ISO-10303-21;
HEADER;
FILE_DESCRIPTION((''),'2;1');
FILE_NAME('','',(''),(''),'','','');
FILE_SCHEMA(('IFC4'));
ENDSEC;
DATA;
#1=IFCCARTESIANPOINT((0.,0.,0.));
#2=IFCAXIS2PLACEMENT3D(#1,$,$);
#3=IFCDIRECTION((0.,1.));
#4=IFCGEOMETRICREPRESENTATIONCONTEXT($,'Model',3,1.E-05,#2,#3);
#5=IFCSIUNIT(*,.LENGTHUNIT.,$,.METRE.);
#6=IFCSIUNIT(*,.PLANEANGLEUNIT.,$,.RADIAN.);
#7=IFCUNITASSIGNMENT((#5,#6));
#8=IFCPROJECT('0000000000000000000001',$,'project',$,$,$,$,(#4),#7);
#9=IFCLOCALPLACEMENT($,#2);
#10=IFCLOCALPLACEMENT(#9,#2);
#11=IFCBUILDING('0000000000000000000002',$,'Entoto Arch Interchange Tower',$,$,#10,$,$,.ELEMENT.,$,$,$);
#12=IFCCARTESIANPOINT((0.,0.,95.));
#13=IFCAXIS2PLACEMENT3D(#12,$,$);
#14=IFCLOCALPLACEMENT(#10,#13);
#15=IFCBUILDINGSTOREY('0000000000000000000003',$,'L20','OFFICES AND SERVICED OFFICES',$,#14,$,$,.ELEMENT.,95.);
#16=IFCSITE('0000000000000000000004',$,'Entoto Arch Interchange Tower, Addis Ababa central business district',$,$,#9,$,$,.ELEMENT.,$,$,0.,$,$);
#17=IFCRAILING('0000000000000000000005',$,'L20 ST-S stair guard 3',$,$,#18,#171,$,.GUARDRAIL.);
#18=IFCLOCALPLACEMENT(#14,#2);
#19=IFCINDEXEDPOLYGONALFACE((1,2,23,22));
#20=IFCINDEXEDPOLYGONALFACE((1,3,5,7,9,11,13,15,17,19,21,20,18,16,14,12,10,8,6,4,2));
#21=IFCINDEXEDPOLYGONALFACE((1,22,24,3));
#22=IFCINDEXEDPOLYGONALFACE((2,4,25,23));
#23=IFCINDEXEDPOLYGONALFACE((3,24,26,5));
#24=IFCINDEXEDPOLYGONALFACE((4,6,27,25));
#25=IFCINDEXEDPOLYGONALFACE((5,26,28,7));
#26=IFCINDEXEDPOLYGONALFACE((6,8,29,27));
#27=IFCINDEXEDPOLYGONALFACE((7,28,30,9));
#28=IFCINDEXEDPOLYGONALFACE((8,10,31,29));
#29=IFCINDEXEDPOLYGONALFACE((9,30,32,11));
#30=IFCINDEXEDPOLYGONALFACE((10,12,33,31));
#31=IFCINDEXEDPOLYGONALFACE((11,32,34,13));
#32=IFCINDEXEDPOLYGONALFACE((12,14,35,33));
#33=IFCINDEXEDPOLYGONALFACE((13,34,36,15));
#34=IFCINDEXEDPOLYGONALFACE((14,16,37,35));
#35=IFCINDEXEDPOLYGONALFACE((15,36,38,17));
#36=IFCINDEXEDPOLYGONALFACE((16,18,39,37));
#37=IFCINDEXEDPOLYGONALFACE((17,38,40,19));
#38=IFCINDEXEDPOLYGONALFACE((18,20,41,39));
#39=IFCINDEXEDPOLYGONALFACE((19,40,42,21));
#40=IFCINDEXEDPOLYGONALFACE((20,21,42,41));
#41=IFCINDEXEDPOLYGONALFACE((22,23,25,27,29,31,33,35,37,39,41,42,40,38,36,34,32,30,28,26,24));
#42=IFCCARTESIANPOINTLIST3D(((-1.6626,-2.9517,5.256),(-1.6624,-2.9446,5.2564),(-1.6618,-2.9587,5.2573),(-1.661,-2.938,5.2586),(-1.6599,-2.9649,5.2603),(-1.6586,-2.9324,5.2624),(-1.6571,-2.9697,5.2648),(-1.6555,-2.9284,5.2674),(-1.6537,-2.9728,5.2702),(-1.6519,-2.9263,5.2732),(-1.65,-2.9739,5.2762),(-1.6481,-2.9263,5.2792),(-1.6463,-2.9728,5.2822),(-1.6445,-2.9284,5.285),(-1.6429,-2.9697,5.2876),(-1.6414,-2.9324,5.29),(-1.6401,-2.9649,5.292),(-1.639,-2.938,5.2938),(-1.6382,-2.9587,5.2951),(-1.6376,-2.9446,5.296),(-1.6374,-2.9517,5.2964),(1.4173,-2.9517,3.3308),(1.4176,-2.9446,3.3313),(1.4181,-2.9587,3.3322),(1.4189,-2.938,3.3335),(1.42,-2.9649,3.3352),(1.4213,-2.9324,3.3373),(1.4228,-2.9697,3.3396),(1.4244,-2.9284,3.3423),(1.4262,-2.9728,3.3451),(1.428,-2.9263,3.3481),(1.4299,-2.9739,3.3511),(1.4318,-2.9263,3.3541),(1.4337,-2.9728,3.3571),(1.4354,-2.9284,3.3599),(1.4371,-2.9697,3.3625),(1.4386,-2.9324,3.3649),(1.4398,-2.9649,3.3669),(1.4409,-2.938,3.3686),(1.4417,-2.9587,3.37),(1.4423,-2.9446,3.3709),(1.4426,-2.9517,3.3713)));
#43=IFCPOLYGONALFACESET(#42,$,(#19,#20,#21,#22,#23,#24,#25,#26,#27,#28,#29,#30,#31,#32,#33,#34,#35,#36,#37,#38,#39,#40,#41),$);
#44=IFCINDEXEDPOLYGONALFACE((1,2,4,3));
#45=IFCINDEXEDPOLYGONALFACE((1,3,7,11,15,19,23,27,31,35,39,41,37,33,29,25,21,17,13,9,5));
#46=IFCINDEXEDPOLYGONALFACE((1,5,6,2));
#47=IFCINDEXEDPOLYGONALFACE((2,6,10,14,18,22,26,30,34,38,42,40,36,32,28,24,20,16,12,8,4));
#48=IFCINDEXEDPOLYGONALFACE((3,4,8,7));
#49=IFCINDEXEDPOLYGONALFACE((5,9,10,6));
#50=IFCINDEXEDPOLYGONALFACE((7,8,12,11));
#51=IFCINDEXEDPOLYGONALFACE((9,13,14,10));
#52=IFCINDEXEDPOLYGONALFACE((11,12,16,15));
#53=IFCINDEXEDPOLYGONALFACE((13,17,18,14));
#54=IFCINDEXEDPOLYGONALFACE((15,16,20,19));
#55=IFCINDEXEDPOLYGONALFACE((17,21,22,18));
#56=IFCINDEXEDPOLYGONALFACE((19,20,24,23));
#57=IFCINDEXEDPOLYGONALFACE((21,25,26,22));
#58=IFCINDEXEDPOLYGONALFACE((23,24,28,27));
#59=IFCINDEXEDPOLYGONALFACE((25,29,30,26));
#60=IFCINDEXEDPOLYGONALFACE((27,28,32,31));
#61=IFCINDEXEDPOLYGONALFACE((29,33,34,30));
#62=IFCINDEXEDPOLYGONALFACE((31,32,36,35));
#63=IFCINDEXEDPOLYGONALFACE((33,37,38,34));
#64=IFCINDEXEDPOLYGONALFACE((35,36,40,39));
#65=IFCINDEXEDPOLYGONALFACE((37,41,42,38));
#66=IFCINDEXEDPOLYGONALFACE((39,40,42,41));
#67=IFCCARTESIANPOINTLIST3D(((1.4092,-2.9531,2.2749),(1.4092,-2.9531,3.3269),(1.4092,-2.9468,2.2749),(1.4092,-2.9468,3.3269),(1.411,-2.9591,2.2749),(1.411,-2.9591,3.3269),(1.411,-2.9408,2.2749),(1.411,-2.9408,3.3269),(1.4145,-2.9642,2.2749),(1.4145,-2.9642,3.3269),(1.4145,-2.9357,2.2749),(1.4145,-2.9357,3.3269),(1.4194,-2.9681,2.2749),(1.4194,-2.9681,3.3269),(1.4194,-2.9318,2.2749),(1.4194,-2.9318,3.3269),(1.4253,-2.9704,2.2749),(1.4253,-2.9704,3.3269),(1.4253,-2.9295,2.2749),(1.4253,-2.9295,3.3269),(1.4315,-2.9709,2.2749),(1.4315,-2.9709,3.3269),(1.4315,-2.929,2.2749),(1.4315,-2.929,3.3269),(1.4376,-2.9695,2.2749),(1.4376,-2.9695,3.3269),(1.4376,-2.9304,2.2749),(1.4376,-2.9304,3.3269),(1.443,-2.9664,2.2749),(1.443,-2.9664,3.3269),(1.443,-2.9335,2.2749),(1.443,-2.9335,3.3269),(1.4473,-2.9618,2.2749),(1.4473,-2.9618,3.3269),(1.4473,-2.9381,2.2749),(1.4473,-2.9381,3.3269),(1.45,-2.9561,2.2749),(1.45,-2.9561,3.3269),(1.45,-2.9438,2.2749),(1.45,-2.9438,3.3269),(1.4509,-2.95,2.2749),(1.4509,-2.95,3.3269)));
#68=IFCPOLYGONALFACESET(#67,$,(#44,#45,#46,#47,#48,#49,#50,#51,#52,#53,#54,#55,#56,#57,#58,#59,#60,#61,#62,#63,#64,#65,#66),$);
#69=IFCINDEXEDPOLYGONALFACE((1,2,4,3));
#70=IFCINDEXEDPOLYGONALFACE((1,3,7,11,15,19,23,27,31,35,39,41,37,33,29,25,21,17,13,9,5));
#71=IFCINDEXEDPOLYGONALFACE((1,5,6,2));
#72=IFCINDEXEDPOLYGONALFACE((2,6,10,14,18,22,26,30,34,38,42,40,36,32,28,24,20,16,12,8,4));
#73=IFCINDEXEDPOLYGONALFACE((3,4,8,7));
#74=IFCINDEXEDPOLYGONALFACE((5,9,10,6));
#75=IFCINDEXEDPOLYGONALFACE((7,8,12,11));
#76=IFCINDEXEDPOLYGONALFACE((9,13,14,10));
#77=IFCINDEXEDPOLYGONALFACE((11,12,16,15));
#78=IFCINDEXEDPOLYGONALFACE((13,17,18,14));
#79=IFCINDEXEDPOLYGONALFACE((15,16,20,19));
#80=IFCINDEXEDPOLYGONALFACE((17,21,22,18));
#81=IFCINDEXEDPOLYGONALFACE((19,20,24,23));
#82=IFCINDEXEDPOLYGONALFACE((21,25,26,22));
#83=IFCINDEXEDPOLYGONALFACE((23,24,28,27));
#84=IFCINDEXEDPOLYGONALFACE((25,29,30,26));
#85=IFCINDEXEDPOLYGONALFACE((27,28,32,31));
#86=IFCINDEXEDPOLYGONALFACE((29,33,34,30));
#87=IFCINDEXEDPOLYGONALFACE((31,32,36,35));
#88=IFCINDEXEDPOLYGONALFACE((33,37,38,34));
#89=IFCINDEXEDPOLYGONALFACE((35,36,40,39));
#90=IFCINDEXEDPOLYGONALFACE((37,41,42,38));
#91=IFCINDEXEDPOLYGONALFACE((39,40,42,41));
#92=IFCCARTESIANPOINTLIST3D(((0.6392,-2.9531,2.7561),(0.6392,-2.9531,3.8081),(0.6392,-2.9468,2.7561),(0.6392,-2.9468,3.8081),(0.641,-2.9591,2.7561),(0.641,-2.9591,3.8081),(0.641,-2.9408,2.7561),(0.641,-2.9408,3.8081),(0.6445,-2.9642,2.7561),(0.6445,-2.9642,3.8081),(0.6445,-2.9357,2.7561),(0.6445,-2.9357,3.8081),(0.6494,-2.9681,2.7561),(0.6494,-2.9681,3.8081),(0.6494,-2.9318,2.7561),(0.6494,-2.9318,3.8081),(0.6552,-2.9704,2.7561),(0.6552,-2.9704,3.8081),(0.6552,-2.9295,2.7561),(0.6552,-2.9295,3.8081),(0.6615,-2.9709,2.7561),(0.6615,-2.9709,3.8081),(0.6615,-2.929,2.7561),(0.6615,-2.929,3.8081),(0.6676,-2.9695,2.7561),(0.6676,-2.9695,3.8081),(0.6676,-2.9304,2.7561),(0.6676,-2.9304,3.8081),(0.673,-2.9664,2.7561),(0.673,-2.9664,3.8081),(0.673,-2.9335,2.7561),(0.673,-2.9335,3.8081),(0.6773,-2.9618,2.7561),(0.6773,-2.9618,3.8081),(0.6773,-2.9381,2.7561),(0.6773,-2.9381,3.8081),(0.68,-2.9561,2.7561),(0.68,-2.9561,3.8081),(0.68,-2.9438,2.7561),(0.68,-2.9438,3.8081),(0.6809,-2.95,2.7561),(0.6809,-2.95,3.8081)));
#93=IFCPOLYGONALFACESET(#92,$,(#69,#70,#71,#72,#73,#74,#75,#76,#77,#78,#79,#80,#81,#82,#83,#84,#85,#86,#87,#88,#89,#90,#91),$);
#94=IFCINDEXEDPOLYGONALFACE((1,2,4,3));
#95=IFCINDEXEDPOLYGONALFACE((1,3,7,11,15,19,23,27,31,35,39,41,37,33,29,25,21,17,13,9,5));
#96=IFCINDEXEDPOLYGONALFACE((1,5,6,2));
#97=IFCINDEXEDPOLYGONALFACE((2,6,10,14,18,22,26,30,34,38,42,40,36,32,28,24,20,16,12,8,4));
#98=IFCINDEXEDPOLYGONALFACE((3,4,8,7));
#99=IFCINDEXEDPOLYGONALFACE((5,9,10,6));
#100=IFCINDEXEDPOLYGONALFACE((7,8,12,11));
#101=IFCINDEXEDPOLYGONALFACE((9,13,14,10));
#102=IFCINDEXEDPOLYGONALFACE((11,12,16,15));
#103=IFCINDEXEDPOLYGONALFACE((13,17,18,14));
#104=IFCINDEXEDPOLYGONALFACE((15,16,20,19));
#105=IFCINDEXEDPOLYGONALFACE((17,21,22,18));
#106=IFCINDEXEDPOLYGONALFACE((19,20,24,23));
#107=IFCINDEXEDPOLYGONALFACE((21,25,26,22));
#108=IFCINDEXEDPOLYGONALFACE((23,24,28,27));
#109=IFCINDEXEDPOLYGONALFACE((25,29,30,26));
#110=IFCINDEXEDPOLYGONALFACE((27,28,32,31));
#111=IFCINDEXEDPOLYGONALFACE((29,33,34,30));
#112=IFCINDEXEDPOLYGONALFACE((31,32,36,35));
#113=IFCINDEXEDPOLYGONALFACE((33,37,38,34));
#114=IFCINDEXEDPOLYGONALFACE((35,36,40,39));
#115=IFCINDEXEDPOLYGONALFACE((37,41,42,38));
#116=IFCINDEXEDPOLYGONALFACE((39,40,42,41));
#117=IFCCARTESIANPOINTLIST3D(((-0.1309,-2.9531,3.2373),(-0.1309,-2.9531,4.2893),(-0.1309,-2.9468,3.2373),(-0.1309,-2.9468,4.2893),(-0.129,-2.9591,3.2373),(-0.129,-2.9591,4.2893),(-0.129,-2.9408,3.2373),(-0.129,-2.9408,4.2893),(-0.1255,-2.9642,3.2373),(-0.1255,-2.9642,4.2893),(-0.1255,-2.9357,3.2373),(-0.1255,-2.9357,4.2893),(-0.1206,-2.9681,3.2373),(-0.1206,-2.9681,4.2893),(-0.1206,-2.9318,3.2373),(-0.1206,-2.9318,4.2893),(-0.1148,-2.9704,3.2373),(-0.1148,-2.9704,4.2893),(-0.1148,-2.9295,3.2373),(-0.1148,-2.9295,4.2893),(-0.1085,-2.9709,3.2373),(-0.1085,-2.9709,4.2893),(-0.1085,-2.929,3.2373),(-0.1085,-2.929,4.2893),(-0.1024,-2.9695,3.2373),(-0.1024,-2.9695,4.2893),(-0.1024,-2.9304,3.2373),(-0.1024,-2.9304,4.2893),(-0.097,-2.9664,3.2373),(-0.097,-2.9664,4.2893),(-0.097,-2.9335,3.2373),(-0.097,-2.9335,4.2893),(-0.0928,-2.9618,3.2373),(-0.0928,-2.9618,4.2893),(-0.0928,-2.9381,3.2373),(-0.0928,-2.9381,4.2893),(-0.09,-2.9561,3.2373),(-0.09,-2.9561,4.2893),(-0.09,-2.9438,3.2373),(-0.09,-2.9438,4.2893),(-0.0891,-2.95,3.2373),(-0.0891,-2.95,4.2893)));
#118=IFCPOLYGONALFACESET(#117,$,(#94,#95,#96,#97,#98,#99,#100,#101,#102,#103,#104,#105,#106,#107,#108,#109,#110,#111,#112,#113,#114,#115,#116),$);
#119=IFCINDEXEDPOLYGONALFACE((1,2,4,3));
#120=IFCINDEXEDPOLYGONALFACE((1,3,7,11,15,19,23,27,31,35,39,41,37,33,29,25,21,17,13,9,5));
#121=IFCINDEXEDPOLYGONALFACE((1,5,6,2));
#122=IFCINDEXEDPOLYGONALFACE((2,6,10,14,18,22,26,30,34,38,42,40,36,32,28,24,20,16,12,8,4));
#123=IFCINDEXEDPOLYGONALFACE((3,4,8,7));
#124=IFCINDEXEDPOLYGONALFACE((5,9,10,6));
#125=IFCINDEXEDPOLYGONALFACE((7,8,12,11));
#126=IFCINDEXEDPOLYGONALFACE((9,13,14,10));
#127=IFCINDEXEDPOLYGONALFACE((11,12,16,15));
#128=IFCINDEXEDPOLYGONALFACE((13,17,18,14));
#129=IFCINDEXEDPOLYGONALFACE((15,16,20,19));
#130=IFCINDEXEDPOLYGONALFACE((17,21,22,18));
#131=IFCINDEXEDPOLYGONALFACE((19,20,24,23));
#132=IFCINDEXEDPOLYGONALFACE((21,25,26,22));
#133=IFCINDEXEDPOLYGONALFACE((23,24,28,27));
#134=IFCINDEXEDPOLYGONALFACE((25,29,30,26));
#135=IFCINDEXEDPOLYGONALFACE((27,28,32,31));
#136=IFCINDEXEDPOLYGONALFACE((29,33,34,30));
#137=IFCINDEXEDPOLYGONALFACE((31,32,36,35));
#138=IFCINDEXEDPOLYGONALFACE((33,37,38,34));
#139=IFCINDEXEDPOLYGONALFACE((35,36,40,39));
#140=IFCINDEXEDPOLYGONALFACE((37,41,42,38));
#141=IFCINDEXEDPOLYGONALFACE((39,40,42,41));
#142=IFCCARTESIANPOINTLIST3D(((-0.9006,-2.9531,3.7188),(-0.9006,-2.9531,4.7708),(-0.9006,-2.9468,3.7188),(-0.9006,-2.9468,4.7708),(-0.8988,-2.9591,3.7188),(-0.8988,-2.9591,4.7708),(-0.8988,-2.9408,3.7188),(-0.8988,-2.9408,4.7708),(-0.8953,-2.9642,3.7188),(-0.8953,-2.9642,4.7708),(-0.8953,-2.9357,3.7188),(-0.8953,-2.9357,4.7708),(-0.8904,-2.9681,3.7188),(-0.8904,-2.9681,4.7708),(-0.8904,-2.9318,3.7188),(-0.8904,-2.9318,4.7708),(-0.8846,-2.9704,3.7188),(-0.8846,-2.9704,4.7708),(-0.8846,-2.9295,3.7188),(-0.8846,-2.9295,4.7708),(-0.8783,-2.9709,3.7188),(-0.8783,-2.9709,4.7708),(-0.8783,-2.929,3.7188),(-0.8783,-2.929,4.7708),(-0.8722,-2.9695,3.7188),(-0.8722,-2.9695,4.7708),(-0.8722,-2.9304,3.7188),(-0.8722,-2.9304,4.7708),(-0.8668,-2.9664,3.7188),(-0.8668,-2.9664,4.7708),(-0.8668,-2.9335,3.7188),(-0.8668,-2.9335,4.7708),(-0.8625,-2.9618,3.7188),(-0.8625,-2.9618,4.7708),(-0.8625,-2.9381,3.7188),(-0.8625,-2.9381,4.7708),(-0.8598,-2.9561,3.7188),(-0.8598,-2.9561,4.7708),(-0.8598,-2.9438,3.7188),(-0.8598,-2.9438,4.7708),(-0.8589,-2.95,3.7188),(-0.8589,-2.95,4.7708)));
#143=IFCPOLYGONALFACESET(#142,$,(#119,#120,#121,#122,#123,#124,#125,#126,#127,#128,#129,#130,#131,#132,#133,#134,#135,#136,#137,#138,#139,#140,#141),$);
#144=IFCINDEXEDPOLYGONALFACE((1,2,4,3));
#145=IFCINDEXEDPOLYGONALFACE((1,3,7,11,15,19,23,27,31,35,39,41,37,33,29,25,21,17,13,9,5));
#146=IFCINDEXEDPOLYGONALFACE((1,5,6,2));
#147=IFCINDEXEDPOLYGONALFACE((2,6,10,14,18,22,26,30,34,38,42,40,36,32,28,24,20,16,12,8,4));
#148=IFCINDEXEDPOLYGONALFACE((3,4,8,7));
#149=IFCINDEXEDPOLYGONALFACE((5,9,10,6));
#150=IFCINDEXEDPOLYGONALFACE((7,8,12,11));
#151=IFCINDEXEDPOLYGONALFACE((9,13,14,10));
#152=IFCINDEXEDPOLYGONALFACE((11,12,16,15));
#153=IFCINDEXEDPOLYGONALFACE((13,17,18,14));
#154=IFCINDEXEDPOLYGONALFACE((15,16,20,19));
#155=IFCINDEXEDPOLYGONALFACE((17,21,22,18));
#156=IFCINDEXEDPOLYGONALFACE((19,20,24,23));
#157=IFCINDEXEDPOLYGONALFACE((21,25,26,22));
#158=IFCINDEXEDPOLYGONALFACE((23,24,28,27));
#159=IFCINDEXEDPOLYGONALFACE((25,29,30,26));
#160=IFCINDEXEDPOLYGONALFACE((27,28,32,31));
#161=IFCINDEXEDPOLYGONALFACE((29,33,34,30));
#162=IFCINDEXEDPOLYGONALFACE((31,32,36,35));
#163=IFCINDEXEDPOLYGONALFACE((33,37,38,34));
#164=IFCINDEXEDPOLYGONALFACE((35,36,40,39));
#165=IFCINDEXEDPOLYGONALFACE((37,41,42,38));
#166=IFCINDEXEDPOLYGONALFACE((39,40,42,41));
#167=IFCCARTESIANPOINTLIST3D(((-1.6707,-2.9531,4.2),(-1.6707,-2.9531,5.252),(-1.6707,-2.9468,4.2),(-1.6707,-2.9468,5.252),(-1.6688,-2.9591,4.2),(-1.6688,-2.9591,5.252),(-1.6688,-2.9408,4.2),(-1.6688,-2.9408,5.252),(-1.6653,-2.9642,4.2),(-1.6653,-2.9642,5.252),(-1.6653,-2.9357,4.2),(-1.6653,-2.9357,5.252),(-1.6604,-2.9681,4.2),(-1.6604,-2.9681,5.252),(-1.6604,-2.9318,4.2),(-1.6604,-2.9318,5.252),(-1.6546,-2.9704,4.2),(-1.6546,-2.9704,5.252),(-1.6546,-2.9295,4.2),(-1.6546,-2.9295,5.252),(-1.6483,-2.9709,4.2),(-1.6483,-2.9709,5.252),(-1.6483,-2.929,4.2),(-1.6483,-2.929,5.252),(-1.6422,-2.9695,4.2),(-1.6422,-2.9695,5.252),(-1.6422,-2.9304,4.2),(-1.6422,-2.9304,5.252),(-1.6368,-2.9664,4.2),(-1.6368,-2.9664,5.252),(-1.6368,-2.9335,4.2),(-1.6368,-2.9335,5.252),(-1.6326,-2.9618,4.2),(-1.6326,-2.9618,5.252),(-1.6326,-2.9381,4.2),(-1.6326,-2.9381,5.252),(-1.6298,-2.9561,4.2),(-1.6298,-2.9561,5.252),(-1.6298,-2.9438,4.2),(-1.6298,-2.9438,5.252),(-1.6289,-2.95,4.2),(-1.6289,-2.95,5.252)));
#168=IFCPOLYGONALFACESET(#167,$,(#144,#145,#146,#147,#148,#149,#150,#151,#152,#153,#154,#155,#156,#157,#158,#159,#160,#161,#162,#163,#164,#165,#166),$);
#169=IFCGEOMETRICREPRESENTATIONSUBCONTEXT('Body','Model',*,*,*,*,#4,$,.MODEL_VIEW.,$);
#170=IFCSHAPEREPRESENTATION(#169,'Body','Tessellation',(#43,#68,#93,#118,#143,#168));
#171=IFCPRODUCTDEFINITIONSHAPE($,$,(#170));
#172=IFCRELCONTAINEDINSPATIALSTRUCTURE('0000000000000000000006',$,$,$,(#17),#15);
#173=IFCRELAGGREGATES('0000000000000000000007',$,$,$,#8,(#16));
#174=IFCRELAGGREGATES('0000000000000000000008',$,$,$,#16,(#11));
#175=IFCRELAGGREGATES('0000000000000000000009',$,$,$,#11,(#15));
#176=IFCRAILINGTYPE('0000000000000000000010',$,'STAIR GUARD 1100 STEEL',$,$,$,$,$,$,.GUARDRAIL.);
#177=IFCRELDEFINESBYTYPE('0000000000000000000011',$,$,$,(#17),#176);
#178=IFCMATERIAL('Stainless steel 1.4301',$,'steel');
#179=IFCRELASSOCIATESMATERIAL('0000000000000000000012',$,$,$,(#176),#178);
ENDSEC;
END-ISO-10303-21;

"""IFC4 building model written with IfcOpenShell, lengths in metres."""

from ifc_helpers import new_model, si_unit, direction, frame, origin, origin_2d, place, context, subcontext, project, spatial, circle, extrude, material, type_object, element, save


model = new_model("IFC4")

# Units and contexts
model_context = context("Model", 3, precision=1e-05, world=origin(), true_north=direction((0.0, 1.0)))
body_context = subcontext(model_context, "Body", "Model", "MODEL_VIEW")
ifc_project = project(units=[si_unit("LENGTHUNIT", "METRE"), si_unit("PLANEANGLEUNIT", "RADIAN")], contexts=[model_context])

# Site, building, storey
site_placement = place(None, origin())
site = spatial("IfcSite", under=ifc_project, at=site_placement, Name="Entoto Arch Interchange Tower, Addis Ababa central business district", CompositionType="ELEMENT", RefElevation=0.0)
building_placement = place(site_placement, origin())
building = spatial("IfcBuilding", under=site, at=building_placement, Name="Entoto Arch Interchange Tower", CompositionType="ELEMENT")
storey_placement = place(building_placement, frame((0.0, 0.0, 95.0)))
storey = spatial("IfcBuildingStorey", under=building, at=storey_placement, Name="L20", Description="OFFICES AND SERVICED OFFICES", CompositionType="ELEMENT", Elevation=95.0)

# Railing
ifc_material_1 = material(Name="Stainless steel 1.4301", Category="steel")
railing_type_1 = type_object("IfcRailingType", Name="STAIR GUARD 1100 STEEL", PredefinedType="GUARDRAIL", material=ifc_material_1)
railing_1_placement = place(storey_placement, frame((1.4299, -2.95, 2.2749)))
element("IfcRailing", 1, at=railing_1_placement, inside=storey, type_object=railing_type_1, Name="L20 ST-S stair guard 3", PredefinedType="GUARDRAIL", context=body_context, shape_type="SweptSolid", body=[
    extrude(circle(Radius=0.0239, at=origin_2d()), frame((0.0, 0.0, 1.0762), z_axis=(-0.847979, 0.0, 0.530029), x_axis=(0.0, -1.0, 0.0)), (0.0, 0.0, 1.0), 3.6321),
    extrude(circle(Radius=0.021, at=origin_2d()), origin(), (0.0, 0.0, 1.0), 1.052),
    extrude(circle(Radius=0.021, at=origin_2d()), frame((-0.77, 0.0, 0.4812)), (0.0, 0.0, 1.0), 1.052),
    extrude(circle(Radius=0.021, at=origin_2d()), frame((-1.54, 0.0, 0.9624)), (0.0, 0.0, 1.0), 1.052),
    extrude(circle(Radius=0.021, at=origin_2d()), frame((-2.3098, 0.0, 1.4438)), (0.0, 0.0, 1.0), 1.052),
    extrude(circle(Radius=0.021, at=origin_2d()), frame((-3.0798, 0.0, 1.925)), (0.0, 0.0, 1.0), 1.052),
])

save(model, "model.ifc")
